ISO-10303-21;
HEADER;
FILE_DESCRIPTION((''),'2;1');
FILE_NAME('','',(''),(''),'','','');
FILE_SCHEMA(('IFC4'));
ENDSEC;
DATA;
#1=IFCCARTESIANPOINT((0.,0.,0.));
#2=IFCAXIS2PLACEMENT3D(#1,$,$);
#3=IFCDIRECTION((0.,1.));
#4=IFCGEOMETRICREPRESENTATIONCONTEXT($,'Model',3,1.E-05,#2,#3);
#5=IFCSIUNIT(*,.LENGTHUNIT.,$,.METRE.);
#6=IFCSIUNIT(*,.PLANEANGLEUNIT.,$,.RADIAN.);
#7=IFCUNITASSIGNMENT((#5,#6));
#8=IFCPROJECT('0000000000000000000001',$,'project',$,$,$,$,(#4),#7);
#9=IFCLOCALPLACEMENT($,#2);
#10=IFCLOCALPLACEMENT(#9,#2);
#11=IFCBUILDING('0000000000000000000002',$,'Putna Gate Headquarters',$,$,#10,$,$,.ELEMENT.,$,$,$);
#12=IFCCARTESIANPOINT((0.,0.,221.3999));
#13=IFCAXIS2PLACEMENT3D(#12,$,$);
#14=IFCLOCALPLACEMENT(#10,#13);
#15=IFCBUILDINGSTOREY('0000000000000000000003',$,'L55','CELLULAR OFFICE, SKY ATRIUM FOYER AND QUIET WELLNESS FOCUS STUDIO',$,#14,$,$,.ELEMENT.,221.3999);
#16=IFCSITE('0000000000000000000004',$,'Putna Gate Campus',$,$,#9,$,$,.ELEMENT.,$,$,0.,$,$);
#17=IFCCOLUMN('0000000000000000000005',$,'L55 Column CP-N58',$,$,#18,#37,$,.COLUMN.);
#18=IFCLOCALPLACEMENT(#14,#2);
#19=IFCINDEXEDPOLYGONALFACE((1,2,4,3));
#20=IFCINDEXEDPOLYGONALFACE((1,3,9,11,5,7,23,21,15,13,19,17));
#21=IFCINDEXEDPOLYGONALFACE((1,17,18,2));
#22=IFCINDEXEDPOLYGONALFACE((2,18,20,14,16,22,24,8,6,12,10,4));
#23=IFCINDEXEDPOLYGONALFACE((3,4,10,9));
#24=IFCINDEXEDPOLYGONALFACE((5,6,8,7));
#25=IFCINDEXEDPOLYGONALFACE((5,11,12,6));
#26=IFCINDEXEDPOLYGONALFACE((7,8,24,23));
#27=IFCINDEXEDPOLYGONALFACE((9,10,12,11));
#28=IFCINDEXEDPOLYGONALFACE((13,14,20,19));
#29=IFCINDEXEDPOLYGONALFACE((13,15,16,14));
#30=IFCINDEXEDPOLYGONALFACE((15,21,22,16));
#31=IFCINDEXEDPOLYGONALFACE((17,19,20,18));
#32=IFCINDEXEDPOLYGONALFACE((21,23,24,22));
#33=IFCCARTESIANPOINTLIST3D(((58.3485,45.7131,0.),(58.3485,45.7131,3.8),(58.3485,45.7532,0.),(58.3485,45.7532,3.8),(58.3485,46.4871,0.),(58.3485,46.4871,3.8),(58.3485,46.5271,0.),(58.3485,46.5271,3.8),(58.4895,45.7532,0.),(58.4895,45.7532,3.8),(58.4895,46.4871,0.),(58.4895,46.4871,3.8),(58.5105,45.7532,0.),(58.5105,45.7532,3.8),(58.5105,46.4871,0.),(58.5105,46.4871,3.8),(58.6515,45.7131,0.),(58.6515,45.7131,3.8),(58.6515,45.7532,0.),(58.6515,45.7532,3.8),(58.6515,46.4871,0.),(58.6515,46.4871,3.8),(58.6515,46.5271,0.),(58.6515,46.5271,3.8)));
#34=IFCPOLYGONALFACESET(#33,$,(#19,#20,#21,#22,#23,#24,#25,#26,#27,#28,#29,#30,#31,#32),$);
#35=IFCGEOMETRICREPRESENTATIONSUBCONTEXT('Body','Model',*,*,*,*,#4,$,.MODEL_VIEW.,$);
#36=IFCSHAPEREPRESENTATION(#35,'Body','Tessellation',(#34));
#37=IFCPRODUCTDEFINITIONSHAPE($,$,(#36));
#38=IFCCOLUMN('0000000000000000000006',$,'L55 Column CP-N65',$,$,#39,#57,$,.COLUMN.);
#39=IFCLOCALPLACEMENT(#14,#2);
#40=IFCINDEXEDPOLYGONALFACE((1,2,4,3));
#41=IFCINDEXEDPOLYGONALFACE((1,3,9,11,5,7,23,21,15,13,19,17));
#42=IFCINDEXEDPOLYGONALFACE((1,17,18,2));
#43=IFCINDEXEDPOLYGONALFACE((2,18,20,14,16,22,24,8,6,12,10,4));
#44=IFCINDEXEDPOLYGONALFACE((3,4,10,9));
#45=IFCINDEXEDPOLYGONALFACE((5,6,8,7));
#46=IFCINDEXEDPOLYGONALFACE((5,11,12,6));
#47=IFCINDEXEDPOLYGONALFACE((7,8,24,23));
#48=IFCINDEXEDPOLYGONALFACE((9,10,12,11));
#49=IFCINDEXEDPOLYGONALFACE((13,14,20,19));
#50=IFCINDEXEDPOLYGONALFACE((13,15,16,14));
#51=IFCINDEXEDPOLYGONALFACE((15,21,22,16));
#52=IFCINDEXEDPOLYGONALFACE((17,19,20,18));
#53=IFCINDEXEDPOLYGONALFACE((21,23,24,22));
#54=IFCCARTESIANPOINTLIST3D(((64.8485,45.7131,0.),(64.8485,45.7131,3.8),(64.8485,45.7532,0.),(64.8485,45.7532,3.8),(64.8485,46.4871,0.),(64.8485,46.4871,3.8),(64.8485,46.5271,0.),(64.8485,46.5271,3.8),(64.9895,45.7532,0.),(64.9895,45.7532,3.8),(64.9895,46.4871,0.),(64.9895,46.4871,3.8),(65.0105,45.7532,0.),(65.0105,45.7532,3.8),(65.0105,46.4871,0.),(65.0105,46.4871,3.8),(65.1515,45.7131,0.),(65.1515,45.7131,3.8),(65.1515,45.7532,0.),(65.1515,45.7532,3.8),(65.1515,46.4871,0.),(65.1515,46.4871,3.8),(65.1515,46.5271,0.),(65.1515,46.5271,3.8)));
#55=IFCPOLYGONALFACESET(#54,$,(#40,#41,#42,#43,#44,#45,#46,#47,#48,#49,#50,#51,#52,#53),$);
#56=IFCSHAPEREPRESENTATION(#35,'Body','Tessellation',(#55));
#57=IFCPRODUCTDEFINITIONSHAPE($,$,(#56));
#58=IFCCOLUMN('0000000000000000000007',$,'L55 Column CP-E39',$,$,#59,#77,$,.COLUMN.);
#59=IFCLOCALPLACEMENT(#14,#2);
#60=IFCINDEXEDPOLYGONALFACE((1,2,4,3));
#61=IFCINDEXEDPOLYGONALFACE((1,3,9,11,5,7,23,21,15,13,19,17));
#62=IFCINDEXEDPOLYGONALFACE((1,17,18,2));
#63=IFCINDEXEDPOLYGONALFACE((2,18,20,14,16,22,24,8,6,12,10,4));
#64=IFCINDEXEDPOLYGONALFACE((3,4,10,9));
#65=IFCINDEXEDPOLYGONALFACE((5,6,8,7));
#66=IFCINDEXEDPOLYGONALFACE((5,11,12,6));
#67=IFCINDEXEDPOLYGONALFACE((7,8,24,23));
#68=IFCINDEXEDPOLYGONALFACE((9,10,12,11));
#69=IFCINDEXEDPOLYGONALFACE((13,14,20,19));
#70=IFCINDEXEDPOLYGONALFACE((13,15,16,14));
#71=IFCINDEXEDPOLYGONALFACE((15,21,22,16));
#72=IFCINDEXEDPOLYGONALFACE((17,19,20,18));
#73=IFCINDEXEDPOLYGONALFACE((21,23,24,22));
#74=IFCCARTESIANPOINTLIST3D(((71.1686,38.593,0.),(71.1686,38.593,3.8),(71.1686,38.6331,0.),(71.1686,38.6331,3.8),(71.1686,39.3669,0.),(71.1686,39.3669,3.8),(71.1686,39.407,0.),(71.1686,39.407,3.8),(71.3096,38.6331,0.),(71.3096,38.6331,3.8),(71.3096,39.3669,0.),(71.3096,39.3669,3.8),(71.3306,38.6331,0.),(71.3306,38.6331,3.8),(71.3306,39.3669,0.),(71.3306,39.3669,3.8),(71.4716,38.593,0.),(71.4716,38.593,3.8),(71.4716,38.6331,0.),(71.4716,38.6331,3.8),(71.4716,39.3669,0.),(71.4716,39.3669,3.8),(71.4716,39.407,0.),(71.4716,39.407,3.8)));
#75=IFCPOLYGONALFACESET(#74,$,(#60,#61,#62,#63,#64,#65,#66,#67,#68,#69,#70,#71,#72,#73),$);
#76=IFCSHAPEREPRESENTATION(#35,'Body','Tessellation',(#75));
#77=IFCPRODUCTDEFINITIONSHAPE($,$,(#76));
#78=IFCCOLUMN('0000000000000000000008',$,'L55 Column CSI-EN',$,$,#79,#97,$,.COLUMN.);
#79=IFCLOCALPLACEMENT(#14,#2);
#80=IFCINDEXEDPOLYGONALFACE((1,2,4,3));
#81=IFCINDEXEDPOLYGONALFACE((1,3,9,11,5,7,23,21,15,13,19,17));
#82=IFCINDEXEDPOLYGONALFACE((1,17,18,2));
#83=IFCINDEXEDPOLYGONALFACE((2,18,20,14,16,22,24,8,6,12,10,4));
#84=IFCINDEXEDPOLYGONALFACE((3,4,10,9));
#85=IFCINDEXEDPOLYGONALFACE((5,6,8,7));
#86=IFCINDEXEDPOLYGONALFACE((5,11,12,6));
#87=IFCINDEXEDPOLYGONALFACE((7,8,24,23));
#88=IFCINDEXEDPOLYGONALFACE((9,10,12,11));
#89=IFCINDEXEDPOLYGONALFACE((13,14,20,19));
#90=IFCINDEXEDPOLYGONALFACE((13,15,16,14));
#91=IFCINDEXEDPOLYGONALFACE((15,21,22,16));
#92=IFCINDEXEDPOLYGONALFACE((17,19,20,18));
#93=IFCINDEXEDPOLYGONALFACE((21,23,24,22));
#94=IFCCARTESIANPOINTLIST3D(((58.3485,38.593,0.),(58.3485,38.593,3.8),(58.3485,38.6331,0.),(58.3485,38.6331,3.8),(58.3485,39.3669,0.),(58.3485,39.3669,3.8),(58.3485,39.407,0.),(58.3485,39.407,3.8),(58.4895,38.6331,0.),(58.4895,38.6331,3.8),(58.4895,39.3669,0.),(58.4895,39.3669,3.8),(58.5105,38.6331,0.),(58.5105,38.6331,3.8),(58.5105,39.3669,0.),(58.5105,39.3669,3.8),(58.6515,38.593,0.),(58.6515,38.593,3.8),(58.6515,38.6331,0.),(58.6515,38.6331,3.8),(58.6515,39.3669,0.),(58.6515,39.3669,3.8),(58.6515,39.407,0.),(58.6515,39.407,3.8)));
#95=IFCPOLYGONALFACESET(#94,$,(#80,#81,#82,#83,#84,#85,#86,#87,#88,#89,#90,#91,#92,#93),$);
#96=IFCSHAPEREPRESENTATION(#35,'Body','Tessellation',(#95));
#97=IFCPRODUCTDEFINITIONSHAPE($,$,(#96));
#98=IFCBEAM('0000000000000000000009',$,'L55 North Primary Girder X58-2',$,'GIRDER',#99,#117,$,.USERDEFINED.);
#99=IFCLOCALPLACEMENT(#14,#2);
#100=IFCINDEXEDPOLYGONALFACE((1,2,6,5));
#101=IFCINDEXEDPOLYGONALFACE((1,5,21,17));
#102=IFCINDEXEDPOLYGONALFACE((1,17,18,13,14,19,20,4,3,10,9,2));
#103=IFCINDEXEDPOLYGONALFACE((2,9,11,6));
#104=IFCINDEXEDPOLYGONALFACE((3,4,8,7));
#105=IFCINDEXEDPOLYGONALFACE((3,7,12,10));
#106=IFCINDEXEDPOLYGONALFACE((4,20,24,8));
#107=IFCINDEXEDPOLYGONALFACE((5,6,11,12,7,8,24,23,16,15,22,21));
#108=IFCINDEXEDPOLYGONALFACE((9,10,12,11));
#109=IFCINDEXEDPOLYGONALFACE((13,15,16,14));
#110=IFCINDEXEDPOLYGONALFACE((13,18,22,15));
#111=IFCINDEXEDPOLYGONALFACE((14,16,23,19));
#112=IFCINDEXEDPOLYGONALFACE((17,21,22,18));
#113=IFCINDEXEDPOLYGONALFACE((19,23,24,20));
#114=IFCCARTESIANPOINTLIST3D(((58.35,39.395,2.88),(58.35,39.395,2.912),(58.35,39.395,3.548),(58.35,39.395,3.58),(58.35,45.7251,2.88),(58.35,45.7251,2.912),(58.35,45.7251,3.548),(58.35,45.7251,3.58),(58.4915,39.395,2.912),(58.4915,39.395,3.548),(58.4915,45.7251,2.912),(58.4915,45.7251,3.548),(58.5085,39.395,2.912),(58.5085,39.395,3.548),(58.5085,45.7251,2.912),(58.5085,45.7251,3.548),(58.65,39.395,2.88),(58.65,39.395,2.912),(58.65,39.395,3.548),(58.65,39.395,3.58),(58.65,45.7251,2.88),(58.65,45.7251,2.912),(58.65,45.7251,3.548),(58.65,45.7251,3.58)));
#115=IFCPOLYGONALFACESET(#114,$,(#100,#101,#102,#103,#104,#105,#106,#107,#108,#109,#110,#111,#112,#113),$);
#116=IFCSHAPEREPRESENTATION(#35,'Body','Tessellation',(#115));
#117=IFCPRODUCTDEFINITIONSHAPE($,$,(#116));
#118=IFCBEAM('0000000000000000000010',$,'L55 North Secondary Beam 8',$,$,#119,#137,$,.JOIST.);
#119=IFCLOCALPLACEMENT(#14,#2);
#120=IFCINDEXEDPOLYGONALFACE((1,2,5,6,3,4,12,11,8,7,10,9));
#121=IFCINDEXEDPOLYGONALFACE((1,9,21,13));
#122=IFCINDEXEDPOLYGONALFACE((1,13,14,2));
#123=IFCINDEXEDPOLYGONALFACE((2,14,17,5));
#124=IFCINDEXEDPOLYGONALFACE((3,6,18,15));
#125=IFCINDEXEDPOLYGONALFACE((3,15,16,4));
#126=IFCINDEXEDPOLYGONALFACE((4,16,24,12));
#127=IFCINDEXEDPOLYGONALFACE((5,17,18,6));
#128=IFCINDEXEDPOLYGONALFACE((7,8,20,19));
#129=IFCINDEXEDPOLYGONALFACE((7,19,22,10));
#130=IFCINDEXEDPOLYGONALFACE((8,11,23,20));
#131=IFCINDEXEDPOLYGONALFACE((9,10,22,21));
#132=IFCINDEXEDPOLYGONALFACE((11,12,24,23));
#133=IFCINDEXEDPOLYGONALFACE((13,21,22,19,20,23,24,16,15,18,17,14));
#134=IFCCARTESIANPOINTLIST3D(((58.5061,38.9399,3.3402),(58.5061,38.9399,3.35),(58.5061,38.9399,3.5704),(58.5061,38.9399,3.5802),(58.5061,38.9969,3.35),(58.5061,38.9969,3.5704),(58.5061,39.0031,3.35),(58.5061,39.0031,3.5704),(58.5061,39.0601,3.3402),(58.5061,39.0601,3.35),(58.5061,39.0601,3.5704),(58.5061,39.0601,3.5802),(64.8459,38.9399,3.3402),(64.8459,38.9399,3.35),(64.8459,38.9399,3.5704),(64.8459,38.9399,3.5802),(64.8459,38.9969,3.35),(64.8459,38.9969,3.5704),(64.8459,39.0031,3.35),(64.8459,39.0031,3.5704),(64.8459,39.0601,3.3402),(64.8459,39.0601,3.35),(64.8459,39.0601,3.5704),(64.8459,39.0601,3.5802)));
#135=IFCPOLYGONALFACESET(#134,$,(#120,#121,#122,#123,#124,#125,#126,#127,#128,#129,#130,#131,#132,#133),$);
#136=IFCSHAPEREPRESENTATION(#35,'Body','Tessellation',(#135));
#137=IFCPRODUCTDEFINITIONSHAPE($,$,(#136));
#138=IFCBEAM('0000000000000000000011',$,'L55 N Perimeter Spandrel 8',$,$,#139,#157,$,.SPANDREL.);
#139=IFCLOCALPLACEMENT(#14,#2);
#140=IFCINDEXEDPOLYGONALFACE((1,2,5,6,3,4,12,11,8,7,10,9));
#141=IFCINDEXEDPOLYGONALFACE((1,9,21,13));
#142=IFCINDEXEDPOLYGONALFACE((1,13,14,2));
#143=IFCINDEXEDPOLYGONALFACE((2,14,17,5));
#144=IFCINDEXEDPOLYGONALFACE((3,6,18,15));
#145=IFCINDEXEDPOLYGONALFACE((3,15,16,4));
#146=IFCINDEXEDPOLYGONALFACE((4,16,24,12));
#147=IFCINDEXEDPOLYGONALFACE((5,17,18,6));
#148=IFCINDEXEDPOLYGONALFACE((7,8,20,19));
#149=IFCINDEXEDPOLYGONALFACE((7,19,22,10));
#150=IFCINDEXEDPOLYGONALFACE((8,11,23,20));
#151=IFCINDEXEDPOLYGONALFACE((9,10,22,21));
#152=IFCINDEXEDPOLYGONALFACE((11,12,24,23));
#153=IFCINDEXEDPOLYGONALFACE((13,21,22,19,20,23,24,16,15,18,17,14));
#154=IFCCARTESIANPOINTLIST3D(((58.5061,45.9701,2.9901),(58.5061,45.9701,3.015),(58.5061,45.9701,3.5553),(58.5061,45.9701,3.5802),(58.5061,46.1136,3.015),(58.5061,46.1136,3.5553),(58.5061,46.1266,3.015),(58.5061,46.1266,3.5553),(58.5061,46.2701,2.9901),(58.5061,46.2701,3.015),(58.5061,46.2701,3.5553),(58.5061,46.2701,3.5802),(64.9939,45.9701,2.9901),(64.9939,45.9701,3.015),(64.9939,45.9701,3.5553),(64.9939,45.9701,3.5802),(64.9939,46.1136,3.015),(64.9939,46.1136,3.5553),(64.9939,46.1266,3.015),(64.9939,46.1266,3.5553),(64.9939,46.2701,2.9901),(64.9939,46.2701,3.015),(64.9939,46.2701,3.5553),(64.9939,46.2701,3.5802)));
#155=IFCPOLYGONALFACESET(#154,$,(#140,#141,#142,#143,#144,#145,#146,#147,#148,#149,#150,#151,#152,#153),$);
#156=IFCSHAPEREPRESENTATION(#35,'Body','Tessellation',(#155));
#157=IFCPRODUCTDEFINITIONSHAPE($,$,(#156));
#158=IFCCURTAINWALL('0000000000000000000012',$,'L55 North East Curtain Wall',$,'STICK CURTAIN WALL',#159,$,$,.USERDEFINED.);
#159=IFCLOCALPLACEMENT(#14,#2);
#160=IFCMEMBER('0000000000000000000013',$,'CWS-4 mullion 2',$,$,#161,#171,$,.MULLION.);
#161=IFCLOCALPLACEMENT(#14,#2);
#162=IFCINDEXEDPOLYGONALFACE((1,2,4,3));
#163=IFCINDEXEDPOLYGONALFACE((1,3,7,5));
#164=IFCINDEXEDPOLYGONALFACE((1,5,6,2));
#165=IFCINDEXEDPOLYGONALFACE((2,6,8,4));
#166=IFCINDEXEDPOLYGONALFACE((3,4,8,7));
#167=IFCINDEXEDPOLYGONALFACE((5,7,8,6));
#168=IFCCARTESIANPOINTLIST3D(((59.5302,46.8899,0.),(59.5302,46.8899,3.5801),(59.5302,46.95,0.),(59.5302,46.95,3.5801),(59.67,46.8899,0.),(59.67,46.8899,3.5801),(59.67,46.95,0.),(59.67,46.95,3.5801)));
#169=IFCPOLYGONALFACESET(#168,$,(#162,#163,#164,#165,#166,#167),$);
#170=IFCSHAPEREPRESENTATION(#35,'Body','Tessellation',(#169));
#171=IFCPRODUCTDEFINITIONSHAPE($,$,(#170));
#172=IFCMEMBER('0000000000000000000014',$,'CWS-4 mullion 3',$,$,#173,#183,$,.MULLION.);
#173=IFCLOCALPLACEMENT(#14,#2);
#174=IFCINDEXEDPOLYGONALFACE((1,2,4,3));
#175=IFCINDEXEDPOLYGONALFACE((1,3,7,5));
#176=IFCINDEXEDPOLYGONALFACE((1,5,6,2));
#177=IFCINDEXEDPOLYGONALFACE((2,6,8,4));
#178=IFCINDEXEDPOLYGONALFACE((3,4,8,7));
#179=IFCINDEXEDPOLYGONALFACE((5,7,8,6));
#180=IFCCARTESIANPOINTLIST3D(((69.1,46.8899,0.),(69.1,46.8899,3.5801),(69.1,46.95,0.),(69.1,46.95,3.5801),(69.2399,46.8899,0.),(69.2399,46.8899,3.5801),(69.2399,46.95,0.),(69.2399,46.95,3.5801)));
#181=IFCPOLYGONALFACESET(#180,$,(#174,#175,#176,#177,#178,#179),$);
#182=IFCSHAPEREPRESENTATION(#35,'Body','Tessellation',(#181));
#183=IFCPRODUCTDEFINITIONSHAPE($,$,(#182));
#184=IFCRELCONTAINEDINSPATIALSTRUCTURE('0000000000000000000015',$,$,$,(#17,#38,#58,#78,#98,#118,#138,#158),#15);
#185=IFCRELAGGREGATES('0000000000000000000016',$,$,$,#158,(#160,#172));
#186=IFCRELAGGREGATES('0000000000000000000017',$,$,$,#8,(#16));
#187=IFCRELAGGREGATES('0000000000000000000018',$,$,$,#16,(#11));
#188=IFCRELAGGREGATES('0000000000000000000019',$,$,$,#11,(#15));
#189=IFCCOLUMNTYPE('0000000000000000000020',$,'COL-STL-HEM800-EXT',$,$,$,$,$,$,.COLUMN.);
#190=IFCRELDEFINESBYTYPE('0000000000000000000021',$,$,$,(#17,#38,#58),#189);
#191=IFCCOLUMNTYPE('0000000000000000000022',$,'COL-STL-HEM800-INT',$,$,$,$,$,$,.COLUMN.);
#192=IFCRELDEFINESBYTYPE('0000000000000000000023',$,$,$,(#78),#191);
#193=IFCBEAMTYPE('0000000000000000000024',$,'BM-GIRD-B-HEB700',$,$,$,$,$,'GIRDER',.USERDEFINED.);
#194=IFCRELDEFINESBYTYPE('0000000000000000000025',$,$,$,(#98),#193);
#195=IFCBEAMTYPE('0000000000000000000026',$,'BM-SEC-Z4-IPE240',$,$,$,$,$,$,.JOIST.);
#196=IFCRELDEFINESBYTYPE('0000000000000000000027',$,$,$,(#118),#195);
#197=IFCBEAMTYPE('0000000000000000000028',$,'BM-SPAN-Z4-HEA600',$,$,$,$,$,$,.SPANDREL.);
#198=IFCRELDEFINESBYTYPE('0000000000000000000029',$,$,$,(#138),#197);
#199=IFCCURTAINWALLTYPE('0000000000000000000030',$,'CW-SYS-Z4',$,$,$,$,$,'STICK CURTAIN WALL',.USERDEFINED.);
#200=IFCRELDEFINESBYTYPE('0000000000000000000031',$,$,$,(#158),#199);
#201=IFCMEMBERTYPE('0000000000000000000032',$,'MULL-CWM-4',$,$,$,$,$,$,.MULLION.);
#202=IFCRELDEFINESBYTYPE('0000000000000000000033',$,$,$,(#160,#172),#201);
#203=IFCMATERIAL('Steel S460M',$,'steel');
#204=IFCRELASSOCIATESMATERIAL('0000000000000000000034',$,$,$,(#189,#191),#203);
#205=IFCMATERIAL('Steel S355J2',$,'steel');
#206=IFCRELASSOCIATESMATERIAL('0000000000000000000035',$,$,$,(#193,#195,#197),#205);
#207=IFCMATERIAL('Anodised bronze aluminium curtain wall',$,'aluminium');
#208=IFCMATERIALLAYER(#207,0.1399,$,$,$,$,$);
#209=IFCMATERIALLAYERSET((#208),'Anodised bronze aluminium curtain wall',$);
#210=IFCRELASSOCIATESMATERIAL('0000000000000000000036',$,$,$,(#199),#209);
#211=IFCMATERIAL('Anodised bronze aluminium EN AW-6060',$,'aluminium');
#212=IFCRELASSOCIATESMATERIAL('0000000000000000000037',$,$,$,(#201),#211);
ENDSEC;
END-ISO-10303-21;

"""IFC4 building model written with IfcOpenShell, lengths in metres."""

from ifc_helpers import new_model, si_unit, direction, frame, origin, origin_2d, place, context, subcontext, project, spatial, rectangle, i_section, extrude, material, layer, layer_set, material_profile, profile_set, type_object, element, aggregate, save


model = new_model("IFC4")

# Units and contexts
model_context = context("Model", 3, precision=1e-05, world=origin(), true_north=direction((0.0, 1.0)))
body_context = subcontext(model_context, "Body", "Model", "MODEL_VIEW")
ifc_project = project(units=[si_unit("LENGTHUNIT", "METRE"), si_unit("PLANEANGLEUNIT", "RADIAN")], contexts=[model_context])

# Site, building, storey
site_placement = place(None, origin())
site = spatial("IfcSite", under=ifc_project, at=site_placement, Name="Putna Gate Campus", CompositionType="ELEMENT", RefElevation=0.0)
building_placement = place(site_placement, origin())
building = spatial("IfcBuilding", under=site, at=building_placement, Name="Putna Gate Headquarters", CompositionType="ELEMENT")
storey_placement = place(building_placement, frame((0.0, 0.0, 221.3999)))
storey = spatial("IfcBuildingStorey", under=building, at=storey_placement, Name="L55", Description="CELLULAR OFFICE, SKY ATRIUM FOYER AND QUIET WELLNESS FOCUS STUDIO", CompositionType="ELEMENT", Elevation=221.3999)

# Columns
ifc_material_1 = material(Name="Steel S460M", Category="steel")
ifc_material_profile_1 = material_profile(ifc_material_1, i_section(OverallWidth=0.303, OverallDepth=0.814, WebThickness=0.021, FlangeThickness=0.04, at=origin_2d()), Name="Steel S460M")
ifc_profile_set_1 = profile_set([ifc_material_profile_1], Name="Steel S460M")
column_type_1 = type_object("IfcColumnType", Name="COL-STL-HEM800-EXT", PredefinedType="COLUMN", material=ifc_profile_set_1)
for number, where, z_axis, x_axis, name in (
    (1, (58.5, 46.1201, 0.0), (0.0, 0.0, 1.0), (1.0, 0.0, 0.0), "L55 Column CP-N58"),
    (2, (65.0, 46.1201, 0.0), (0.0, 0.0, 1.0), (1.0, 0.0, 0.0), "L55 Column CP-N65"),
    (3, (71.3201, 39.0, 0.0), (0.0, 0.0, 1.0), (1.0, 0.0, 0.0), "L55 Column CP-E39"),
):
    element("IfcColumn", number, at=place(storey_placement, frame(where, z_axis=z_axis, x_axis=x_axis)), inside=storey, type_object=column_type_1, Name=name, PredefinedType="COLUMN", context=body_context, shape_type="SweptSolid", body=[
        extrude(i_section(OverallWidth=0.303, OverallDepth=0.814, WebThickness=0.021, FlangeThickness=0.04, at=origin_2d()), origin(), (0.0, 0.0, 1.0), 3.8),
    ])
ifc_material_profile_2 = material_profile(ifc_material_1, i_section(OverallWidth=0.303, OverallDepth=0.814, WebThickness=0.021, FlangeThickness=0.04, at=origin_2d()), Name="Steel S460M")
ifc_profile_set_2 = profile_set([ifc_material_profile_2], Name="Steel S460M")
column_type_2 = type_object("IfcColumnType", Name="COL-STL-HEM800-INT", PredefinedType="COLUMN", material=ifc_profile_set_2)
column_placement = place(storey_placement, frame((58.5, 39.0, 0.0), z_axis=(0.0, 0.0, 1.0), x_axis=(1.0, 0.0, 0.0)))
element("IfcColumn", 4, at=column_placement, inside=storey, type_object=column_type_2, Name="L55 Column CSI-EN", PredefinedType="COLUMN", context=body_context, shape_type="SweptSolid", body=[
    extrude(i_section(OverallWidth=0.303, OverallDepth=0.814, WebThickness=0.021, FlangeThickness=0.04, at=origin_2d()), origin(), (0.0, 0.0, 1.0), 3.8),
])

# Beams
ifc_material_2 = material(Name="Steel S355J2", Category="steel")
ifc_material_profile_3 = material_profile(ifc_material_2, i_section(OverallWidth=0.3, OverallDepth=0.7, WebThickness=0.0171, FlangeThickness=0.032, at=origin_2d()), Name="Steel S355J2")
ifc_profile_set_3 = profile_set([ifc_material_profile_3], Name="Steel S355J2")
beam_type_1 = type_object("IfcBeamType", Name="BM-GIRD-B-HEB700", ElementType="GIRDER", PredefinedType="USERDEFINED", material=ifc_profile_set_3)
beam_1_placement = place(storey_placement, frame((58.5, 39.395, 3.23), z_axis=(0.0, 1.0, 0.0), x_axis=(-1.0, 0.0, 0.0)))
element("IfcBeam", 5, at=beam_1_placement, inside=storey, type_object=beam_type_1, Name="L55 North Primary Girder X58-2", ObjectType="GIRDER", PredefinedType="USERDEFINED", context=body_context, shape_type="SweptSolid", body=[
    extrude(i_section(OverallWidth=0.3, OverallDepth=0.7, WebThickness=0.0171, FlangeThickness=0.032, at=origin_2d()), origin(), (0.0, 0.0, 1.0), 6.3301),
])
ifc_material_profile_4 = material_profile(ifc_material_2, i_section(OverallWidth=0.1201, OverallDepth=0.24, WebThickness=0.0061, FlangeThickness=0.0098, at=origin_2d()), Name="Steel S355J2")
ifc_profile_set_4 = profile_set([ifc_material_profile_4], Name="Steel S355J2")
beam_type_2 = type_object("IfcBeamType", Name="BM-SEC-Z4-IPE240", PredefinedType="JOIST", material=ifc_profile_set_4)
beam_2_placement = place(storey_placement, frame((58.5061, 39.0, 3.4602), z_axis=(1.0, 0.0, 0.0), x_axis=(0.0, 1.0, 0.0)))
element("IfcBeam", 6, at=beam_2_placement, inside=storey, type_object=beam_type_2, Name="L55 North Secondary Beam 8", PredefinedType="JOIST", context=body_context, shape_type="SweptSolid", body=[
    extrude(i_section(OverallWidth=0.1201, OverallDepth=0.24, WebThickness=0.0061, FlangeThickness=0.0098, at=origin_2d()), origin(), (0.0, 0.0, 1.0), 6.3398),
])
ifc_material_profile_5 = material_profile(ifc_material_2, i_section(OverallWidth=0.3, OverallDepth=0.5901, WebThickness=0.0129, FlangeThickness=0.0249, at=origin_2d()), Name="Steel S355J2")
ifc_profile_set_5 = profile_set([ifc_material_profile_5], Name="Steel S355J2")
beam_type_3 = type_object("IfcBeamType", Name="BM-SPAN-Z4-HEA600", PredefinedType="SPANDREL", material=ifc_profile_set_5)
beam_3_placement = place(storey_placement, frame((58.5061, 46.1201, 3.2852), z_axis=(1.0, 0.0, 0.0), x_axis=(0.0, 1.0, 0.0)))
element("IfcBeam", 7, at=beam_3_placement, inside=storey, type_object=beam_type_3, Name="L55 N Perimeter Spandrel 8", PredefinedType="SPANDREL", context=body_context, shape_type="SweptSolid", body=[
    extrude(i_section(OverallWidth=0.3, OverallDepth=0.5901, WebThickness=0.0129, FlangeThickness=0.0249, at=origin_2d()), origin(), (0.0, 0.0, 1.0), 6.4878),
])

# Curtain wall, members
ifc_material_3 = material(Name="Anodised bronze aluminium curtain wall", Category="aluminium")
ifc_layer_1 = layer(ifc_material_3, 0.1399)
ifc_layer_set_1 = layer_set([ifc_layer_1], Name="Anodised bronze aluminium curtain wall")
curtain_wall_type = type_object("IfcCurtainWallType", Name="CW-SYS-Z4", ElementType="STICK CURTAIN WALL", PredefinedType="USERDEFINED", material=ifc_layer_set_1)
curtain_wall_1_placement = place(storey_placement, origin())
curtain_wall_1 = element("IfcCurtainWall", 8, at=curtain_wall_1_placement, inside=storey, type_object=curtain_wall_type, Name="L55 North East Curtain Wall", ObjectType="STICK CURTAIN WALL", PredefinedType="USERDEFINED")
ifc_material_4 = material(Name="Anodised bronze aluminium EN AW-6060", Category="aluminium")
ifc_material_profile_6 = material_profile(ifc_material_4, rectangle(XDim=0.0601, YDim=0.1399, at=origin_2d()), Name="Anodised bronze aluminium EN AW-6060")
ifc_profile_set_6 = profile_set([ifc_material_profile_6], Name="Anodised bronze aluminium EN AW-6060")
member_type_1 = type_object("IfcMemberType", Name="MULL-CWM-4", PredefinedType="MULLION", material=ifc_profile_set_6)
member_1_placement = place(storey_placement, frame((59.6001, 46.9199, 0.0), z_axis=(0.0, 0.0, 1.0), x_axis=(0.0, 1.0, 0.0)))
member_1 = element("IfcMember", 9, at=member_1_placement, type_object=member_type_1, Name="CWS-4 mullion 2", PredefinedType="MULLION", context=body_context, shape_type="SweptSolid", body=[
    extrude(rectangle(XDim=0.0601, YDim=0.1399, at=origin_2d()), origin(), (0.0, 0.0, 1.0), 3.5801),
])
member_2_placement = place(storey_placement, frame((69.1699, 46.9199, 0.0), z_axis=(0.0, 0.0, 1.0), x_axis=(0.0, 1.0, 0.0)))
member_2 = element("IfcMember", 10, at=member_2_placement, type_object=member_type_1, Name="CWS-4 mullion 3", PredefinedType="MULLION", context=body_context, shape_type="SweptSolid", body=[
    extrude(rectangle(XDim=0.0601, YDim=0.1399, at=origin_2d()), origin(), (0.0, 0.0, 1.0), 3.5801),
])

aggregate(curtain_wall_1, [member_1, member_2])

save(model, "model.ifc")
